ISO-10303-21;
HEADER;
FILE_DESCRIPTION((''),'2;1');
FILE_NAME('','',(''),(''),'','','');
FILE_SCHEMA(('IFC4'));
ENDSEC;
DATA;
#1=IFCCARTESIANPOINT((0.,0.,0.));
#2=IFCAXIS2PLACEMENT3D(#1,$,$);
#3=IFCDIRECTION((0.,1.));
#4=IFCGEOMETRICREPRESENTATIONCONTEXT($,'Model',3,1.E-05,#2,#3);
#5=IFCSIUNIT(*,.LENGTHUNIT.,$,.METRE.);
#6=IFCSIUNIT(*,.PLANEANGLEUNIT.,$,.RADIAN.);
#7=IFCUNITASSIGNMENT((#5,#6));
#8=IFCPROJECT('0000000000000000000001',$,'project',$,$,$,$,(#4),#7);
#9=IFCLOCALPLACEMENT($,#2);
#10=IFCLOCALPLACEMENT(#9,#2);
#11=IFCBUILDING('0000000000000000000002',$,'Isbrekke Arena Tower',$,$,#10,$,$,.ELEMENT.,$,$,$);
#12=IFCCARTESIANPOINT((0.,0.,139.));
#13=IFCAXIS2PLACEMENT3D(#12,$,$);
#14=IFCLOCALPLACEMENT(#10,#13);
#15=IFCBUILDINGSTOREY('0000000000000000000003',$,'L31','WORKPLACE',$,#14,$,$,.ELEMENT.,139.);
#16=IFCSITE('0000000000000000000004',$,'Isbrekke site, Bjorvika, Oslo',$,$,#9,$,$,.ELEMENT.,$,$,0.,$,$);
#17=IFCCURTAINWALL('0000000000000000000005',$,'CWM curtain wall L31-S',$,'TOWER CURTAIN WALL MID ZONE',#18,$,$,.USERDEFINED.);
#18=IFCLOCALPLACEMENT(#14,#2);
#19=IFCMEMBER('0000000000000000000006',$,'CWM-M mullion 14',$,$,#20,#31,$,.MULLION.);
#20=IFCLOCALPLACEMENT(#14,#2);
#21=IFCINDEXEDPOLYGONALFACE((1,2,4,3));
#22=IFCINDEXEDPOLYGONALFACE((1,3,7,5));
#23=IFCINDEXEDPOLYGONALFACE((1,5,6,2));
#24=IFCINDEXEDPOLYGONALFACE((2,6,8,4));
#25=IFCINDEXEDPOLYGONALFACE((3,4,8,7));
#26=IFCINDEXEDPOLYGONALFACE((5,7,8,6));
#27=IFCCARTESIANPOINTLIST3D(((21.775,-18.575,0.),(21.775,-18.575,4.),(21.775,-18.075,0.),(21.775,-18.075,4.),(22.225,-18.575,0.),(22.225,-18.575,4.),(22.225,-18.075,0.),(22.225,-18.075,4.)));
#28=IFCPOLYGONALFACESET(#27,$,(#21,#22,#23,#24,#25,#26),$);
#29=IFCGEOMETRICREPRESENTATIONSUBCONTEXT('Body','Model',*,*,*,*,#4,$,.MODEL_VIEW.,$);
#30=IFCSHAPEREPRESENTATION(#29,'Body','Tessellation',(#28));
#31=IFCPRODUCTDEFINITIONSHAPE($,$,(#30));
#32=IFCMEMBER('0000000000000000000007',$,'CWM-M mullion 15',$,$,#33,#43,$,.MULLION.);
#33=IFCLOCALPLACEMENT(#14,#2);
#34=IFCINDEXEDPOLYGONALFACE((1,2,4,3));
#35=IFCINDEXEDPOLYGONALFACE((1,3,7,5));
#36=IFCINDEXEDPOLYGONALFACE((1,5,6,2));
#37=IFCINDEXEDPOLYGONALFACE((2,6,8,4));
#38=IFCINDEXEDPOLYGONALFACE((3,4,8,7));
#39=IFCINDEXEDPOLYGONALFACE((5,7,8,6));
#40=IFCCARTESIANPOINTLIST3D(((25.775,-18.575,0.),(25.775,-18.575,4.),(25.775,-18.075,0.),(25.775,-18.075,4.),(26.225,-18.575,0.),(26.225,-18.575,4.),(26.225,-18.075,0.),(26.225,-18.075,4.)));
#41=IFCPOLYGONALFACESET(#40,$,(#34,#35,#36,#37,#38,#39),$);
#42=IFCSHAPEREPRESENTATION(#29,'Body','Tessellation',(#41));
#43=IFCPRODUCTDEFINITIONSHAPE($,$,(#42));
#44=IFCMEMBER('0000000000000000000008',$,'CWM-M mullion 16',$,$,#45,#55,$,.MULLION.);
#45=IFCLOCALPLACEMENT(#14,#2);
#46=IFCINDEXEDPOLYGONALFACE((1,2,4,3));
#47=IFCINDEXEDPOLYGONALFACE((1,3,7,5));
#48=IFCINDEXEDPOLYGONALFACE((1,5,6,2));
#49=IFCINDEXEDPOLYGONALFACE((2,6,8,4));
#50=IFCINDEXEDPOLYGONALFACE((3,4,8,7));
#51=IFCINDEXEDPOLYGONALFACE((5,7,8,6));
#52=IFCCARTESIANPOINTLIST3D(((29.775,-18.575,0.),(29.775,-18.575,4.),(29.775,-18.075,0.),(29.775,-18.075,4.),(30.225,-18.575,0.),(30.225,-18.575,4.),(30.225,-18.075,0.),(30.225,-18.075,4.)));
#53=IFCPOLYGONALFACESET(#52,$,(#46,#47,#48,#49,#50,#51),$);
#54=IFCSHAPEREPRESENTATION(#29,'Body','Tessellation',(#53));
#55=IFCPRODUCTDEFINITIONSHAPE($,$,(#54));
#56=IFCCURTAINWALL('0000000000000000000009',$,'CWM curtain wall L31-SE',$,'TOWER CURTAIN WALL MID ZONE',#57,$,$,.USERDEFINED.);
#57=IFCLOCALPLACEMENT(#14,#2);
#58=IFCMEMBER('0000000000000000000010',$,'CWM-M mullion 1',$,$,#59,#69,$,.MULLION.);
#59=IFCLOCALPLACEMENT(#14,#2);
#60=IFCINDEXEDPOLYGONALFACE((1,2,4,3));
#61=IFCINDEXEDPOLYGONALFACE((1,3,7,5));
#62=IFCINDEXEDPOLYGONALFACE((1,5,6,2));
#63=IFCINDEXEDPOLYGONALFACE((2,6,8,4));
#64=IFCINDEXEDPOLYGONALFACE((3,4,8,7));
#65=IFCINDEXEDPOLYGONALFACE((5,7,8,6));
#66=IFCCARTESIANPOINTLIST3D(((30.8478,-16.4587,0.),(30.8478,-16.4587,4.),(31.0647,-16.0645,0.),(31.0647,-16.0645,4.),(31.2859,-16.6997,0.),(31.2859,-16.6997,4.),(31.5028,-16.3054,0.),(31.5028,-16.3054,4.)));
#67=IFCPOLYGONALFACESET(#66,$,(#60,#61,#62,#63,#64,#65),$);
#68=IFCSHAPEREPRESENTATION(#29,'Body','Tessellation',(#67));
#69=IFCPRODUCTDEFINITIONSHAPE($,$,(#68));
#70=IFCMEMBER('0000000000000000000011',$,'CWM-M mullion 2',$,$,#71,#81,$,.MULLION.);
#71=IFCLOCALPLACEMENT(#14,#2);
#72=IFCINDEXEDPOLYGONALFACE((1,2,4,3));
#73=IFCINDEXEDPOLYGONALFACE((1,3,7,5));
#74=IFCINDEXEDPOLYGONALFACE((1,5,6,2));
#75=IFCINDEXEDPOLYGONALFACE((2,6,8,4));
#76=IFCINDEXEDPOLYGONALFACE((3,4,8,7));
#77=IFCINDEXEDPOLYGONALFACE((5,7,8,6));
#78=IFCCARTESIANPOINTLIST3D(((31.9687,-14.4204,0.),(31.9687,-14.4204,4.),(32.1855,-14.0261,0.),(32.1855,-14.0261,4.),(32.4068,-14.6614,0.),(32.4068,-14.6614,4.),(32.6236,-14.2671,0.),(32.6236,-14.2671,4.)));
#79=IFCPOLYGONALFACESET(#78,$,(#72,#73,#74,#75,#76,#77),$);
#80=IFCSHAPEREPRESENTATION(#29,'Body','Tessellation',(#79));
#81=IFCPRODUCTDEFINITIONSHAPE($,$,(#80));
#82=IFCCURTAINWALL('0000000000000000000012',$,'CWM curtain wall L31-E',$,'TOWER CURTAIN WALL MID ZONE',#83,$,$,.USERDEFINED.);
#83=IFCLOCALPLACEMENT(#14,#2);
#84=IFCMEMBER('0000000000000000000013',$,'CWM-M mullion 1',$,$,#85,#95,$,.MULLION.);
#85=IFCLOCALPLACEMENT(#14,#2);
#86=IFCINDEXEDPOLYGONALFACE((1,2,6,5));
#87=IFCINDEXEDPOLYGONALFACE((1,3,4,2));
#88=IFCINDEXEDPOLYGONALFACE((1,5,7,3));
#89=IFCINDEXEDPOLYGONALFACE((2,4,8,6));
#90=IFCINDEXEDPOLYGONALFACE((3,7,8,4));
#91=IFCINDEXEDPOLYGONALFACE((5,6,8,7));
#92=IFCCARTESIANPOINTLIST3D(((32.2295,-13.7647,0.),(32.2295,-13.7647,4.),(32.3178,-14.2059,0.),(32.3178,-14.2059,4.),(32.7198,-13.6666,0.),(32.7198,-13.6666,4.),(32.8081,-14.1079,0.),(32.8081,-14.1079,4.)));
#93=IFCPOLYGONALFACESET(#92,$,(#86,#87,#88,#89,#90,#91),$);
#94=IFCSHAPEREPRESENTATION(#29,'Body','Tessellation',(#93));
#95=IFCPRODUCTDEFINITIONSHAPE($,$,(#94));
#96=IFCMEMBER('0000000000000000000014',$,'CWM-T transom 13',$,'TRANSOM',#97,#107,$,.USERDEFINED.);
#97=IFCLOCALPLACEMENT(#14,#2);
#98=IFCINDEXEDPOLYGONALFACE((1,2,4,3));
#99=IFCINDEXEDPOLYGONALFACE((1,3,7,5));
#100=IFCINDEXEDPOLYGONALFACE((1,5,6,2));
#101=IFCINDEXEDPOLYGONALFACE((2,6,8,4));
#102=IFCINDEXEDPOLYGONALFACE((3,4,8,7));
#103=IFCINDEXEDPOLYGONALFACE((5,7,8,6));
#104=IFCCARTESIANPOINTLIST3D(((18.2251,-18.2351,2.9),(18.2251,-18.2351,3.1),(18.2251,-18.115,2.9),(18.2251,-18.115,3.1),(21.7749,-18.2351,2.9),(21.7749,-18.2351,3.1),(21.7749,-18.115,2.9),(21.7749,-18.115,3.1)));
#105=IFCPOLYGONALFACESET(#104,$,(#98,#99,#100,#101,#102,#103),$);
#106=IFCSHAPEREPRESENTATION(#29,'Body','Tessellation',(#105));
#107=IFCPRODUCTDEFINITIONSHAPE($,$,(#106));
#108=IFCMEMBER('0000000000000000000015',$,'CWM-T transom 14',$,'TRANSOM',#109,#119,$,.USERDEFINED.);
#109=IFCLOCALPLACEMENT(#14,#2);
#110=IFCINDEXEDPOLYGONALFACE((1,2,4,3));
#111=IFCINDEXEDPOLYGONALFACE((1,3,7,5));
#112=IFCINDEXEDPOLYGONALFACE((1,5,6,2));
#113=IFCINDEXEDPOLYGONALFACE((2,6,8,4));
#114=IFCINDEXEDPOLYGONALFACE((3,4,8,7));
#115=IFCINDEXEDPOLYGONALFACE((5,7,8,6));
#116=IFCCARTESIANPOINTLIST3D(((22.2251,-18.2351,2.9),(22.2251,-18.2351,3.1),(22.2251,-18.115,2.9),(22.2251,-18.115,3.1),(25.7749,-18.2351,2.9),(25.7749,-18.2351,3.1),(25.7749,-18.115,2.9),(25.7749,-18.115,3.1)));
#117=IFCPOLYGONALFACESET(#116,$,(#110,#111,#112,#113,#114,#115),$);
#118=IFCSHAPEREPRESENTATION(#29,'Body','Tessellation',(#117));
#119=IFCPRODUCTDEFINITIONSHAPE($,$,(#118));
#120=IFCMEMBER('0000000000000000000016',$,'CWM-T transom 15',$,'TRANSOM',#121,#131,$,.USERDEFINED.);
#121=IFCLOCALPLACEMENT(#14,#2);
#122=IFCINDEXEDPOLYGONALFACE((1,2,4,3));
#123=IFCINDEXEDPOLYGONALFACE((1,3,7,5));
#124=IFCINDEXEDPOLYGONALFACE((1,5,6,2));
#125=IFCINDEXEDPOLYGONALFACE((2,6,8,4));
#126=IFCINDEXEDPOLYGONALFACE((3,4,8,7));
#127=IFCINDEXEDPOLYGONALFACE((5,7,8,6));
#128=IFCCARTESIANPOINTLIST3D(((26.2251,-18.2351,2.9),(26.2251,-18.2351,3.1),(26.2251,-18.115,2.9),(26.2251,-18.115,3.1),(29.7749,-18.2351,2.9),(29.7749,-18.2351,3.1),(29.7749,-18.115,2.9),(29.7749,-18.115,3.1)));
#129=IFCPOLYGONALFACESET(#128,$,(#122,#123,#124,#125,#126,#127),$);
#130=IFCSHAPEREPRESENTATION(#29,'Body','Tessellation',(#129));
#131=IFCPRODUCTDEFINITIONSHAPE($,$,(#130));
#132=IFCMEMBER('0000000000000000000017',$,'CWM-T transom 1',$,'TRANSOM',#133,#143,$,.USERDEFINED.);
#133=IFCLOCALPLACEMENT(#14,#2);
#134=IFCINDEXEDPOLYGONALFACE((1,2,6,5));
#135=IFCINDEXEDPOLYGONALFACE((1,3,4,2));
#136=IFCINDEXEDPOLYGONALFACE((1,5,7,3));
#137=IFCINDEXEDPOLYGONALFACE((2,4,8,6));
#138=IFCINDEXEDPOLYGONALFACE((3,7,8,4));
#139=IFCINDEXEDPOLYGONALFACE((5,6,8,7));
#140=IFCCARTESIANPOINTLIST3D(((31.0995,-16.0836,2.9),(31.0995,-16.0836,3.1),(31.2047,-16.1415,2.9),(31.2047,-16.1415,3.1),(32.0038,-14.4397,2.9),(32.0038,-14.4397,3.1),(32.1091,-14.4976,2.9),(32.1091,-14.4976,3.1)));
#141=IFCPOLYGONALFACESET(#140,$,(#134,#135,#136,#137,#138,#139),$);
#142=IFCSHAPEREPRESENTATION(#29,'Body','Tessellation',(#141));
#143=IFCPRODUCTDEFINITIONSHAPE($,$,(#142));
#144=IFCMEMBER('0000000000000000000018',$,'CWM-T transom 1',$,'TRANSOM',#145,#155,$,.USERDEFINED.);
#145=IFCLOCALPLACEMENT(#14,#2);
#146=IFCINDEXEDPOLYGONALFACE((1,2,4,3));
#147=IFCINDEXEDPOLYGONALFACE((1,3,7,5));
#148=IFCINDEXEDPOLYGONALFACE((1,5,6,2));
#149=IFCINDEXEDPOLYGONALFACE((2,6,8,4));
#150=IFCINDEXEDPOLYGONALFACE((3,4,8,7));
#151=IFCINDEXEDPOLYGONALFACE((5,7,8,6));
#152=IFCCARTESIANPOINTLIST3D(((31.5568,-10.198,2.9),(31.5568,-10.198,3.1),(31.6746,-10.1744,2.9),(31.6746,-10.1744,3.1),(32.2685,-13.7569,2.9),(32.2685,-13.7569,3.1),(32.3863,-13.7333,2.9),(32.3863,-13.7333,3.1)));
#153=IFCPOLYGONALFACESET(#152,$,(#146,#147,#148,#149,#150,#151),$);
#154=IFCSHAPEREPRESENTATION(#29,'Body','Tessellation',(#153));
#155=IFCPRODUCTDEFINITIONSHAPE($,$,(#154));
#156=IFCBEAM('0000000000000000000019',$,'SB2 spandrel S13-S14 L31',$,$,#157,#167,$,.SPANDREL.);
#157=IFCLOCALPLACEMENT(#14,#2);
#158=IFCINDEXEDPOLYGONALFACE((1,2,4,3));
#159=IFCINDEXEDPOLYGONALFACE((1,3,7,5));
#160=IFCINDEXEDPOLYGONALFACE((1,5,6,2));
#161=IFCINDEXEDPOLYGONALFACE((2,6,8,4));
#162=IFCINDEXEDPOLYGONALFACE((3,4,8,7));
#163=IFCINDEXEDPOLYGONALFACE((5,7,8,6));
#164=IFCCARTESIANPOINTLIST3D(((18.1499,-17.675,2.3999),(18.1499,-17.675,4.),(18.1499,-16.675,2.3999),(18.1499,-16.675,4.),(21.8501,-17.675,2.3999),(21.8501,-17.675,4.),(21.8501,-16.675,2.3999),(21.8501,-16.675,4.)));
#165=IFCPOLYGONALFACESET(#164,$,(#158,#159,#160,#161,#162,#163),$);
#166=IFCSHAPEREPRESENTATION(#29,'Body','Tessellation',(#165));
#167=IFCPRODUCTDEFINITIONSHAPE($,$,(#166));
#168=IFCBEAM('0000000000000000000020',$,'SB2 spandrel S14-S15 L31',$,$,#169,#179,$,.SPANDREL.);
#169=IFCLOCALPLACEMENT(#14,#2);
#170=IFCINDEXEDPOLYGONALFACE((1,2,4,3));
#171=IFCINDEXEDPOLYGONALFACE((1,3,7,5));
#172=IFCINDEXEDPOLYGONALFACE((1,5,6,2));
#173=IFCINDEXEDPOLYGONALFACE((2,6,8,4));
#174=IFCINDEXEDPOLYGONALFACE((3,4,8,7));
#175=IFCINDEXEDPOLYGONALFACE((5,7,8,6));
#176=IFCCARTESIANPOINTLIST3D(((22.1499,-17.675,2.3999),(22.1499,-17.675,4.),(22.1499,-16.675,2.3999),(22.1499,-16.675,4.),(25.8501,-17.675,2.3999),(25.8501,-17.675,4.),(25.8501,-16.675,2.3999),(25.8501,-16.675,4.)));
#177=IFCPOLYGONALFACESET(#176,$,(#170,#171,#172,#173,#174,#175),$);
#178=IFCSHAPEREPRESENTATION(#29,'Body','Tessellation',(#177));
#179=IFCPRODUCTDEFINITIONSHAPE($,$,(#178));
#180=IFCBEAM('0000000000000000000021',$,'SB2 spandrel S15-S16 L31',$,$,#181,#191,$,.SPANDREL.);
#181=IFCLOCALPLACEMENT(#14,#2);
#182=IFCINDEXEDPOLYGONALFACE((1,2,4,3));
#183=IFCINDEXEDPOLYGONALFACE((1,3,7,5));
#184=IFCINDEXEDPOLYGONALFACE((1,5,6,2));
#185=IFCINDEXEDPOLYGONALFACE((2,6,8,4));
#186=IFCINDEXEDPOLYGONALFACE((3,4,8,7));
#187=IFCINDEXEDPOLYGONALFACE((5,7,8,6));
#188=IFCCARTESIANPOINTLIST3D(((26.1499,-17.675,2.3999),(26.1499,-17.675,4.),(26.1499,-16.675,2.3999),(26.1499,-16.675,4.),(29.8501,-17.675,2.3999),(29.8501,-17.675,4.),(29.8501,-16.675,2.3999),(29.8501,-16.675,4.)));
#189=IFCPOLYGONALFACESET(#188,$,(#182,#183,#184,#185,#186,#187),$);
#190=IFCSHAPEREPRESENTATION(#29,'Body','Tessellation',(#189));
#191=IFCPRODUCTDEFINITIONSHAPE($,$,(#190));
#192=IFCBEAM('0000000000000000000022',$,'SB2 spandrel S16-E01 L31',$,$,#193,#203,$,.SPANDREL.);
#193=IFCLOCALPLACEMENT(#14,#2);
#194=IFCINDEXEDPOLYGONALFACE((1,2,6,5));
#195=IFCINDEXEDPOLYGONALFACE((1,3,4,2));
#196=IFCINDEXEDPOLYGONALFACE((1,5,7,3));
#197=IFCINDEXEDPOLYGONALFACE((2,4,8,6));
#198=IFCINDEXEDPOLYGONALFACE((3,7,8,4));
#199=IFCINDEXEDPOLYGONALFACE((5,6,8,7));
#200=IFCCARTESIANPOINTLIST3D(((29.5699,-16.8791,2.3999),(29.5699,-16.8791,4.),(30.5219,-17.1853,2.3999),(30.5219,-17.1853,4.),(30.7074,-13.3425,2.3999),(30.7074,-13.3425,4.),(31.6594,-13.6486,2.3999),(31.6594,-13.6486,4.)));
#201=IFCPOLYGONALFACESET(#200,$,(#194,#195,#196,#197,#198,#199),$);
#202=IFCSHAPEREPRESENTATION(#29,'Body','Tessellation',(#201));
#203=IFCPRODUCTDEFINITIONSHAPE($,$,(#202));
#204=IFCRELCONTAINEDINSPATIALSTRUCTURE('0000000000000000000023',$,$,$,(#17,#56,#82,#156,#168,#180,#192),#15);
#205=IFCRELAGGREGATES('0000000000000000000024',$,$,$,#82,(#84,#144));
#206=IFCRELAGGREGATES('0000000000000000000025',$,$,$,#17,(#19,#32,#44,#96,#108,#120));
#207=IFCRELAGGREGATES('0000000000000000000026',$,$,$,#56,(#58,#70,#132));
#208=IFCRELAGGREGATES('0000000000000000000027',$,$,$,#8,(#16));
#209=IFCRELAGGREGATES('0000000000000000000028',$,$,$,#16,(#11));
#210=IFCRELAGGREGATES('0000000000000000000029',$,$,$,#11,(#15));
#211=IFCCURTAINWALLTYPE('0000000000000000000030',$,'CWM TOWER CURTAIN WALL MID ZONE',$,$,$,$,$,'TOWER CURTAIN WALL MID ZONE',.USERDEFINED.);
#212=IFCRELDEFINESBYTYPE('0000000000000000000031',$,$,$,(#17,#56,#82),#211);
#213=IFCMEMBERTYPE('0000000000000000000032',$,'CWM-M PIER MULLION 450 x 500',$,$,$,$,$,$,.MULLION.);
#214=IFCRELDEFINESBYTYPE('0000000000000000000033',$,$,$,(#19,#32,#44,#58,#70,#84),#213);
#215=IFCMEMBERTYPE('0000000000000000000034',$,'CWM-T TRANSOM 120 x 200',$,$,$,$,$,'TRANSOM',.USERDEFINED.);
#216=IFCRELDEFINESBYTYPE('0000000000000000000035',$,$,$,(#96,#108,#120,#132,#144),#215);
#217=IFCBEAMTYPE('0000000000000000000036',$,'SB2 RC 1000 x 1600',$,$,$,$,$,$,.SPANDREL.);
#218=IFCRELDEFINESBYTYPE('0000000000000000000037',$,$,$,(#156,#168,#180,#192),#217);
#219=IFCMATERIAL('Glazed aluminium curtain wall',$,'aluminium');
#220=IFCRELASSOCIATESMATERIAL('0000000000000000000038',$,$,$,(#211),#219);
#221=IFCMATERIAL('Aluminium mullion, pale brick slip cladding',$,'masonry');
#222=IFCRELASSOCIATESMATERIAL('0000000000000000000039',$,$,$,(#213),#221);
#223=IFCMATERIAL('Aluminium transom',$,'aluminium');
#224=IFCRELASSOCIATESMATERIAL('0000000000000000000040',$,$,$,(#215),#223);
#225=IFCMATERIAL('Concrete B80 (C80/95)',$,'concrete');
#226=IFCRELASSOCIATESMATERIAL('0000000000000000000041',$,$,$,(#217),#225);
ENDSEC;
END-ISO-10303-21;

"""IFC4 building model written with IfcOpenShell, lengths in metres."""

from ifc_helpers import new_model, si_unit, direction, frame, origin, origin_2d, place, context, subcontext, project, spatial, rectangle, extrude, material, material_profile, profile_set, type_object, element, aggregate, save


model = new_model("IFC4")

# Units and contexts
model_context = context("Model", 3, precision=1e-05, world=origin(), true_north=direction((0.0, 1.0)))
body_context = subcontext(model_context, "Body", "Model", "MODEL_VIEW")
ifc_project = project(units=[si_unit("LENGTHUNIT", "METRE"), si_unit("PLANEANGLEUNIT", "RADIAN")], contexts=[model_context])

# Site, building, storey
site_placement = place(None, origin())
site = spatial("IfcSite", under=ifc_project, at=site_placement, Name="Isbrekke site, Bjorvika, Oslo", CompositionType="ELEMENT", RefElevation=0.0)
building_placement = place(site_placement, origin())
building = spatial("IfcBuilding", under=site, at=building_placement, Name="Isbrekke Arena Tower", CompositionType="ELEMENT")
storey_placement = place(building_placement, frame((0.0, 0.0, 139.0)))
storey = spatial("IfcBuildingStorey", under=building, at=storey_placement, Name="L31", Description="WORKPLACE", CompositionType="ELEMENT", Elevation=139.0)

# Curtain walls, members
ifc_material_1 = material(Name="Glazed aluminium curtain wall", Category="aluminium")
curtain_wall_type = type_object("IfcCurtainWallType", Name="CWM TOWER CURTAIN WALL MID ZONE", ElementType="TOWER CURTAIN WALL MID ZONE", PredefinedType="USERDEFINED", material=ifc_material_1)
curtain_wall_1_placement = place(storey_placement, origin())
curtain_wall_1 = element("IfcCurtainWall", 1, at=curtain_wall_1_placement, inside=storey, type_object=curtain_wall_type, Name="CWM curtain wall L31-S", ObjectType="TOWER CURTAIN WALL MID ZONE", PredefinedType="USERDEFINED")
ifc_material_2 = material(Name="Aluminium mullion, pale brick slip cladding", Category="masonry")
ifc_material_profile_1 = material_profile(ifc_material_2, rectangle(XDim=0.45, YDim=0.5, at=origin_2d()), Name="PIER 450X500")
ifc_profile_set_1 = profile_set([ifc_material_profile_1], Name="Aluminium mullion, pale brick slip cladding")
member_type_1 = type_object("IfcMemberType", Name="CWM-M PIER MULLION 450 x 500", PredefinedType="MULLION", material=ifc_profile_set_1)
member_1_placement = place(storey_placement, frame((22.0, -18.325, 0.0), z_axis=(0.0, 0.0, 1.0), x_axis=(1.0, 0.0, 0.0)))
member_1 = element("IfcMember", 2, at=member_1_placement, type_object=member_type_1, Name="CWM-M mullion 14", PredefinedType="MULLION", context=body_context, shape_type="SweptSolid", body=[
    extrude(rectangle(XDim=0.45, YDim=0.5, at=origin_2d()), origin(), (0.0, 0.0, 1.0), 4.0),
])
member_2_placement = place(storey_placement, frame((26.0, -18.325, 0.0), z_axis=(0.0, 0.0, 1.0), x_axis=(1.0, 0.0, 0.0)))
member_2 = element("IfcMember", 3, at=member_2_placement, type_object=member_type_1, Name="CWM-M mullion 15", PredefinedType="MULLION", context=body_context, shape_type="SweptSolid", body=[
    extrude(rectangle(XDim=0.45, YDim=0.5, at=origin_2d()), origin(), (0.0, 0.0, 1.0), 4.0),
])
member_3_placement = place(storey_placement, frame((30.0, -18.325, 0.0), z_axis=(0.0, 0.0, 1.0), x_axis=(1.0, 0.0, 0.0)))
member_3 = element("IfcMember", 4, at=member_3_placement, type_object=member_type_1, Name="CWM-M mullion 16", PredefinedType="MULLION", context=body_context, shape_type="SweptSolid", body=[
    extrude(rectangle(XDim=0.45, YDim=0.5, at=origin_2d()), origin(), (0.0, 0.0, 1.0), 4.0),
])
curtain_wall_2_placement = place(storey_placement, origin())
curtain_wall_2 = element("IfcCurtainWall", 5, at=curtain_wall_2_placement, inside=storey, type_object=curtain_wall_type, Name="CWM curtain wall L31-SE", ObjectType="TOWER CURTAIN WALL MID ZONE", PredefinedType="USERDEFINED")
member_4_placement = place(storey_placement, frame((31.1753, -16.3821, 0.0), z_axis=(0.0, 0.0, 1.0), x_axis=(0.481919, 0.876216, 0.0)))
member_4 = element("IfcMember", 6, at=member_4_placement, type_object=member_type_1, Name="CWM-M mullion 1", PredefinedType="MULLION", context=body_context, shape_type="SweptSolid", body=[
    extrude(rectangle(XDim=0.45, YDim=0.5, at=origin_2d()), origin(), (0.0, 0.0, 1.0), 4.0),
])
member_5_placement = place(storey_placement, frame((32.2961, -14.3438, 0.0), z_axis=(0.0, 0.0, 1.0), x_axis=(0.481919, 0.876216, 0.0)))
member_5 = element("IfcMember", 7, at=member_5_placement, type_object=member_type_1, Name="CWM-M mullion 2", PredefinedType="MULLION", context=body_context, shape_type="SweptSolid", body=[
    extrude(rectangle(XDim=0.45, YDim=0.5, at=origin_2d()), origin(), (0.0, 0.0, 1.0), 4.0),
])

# Curtain wall, member
curtain_wall_3_placement = place(storey_placement, origin())
curtain_wall_3 = element("IfcCurtainWall", 8, at=curtain_wall_3_placement, inside=storey, type_object=curtain_wall_type, Name="CWM curtain wall L31-E", ObjectType="TOWER CURTAIN WALL MID ZONE", PredefinedType="USERDEFINED")
member_6_placement = place(storey_placement, frame((32.5188, -13.9363, 0.0), z_axis=(0.0, 0.0, 1.0), x_axis=(-0.196116, 0.980581, 0.0)))
member_6 = element("IfcMember", 9, at=member_6_placement, type_object=member_type_1, Name="CWM-M mullion 1", PredefinedType="MULLION", context=body_context, shape_type="SweptSolid", body=[
    extrude(rectangle(XDim=0.45, YDim=0.5, at=origin_2d()), origin(), (0.0, 0.0, 1.0), 4.0),
])

# Members
ifc_material_3 = material(Name="Aluminium transom", Category="aluminium")
ifc_material_profile_2 = material_profile(ifc_material_3, rectangle(XDim=0.1201, YDim=0.2, at=origin_2d()), Name="TRANSOM 120X200")
ifc_profile_set_2 = profile_set([ifc_material_profile_2], Name="Aluminium transom")
member_type_2 = type_object("IfcMemberType", Name="CWM-T TRANSOM 120 x 200", ElementType="TRANSOM", PredefinedType="USERDEFINED", material=ifc_profile_set_2)
member_7_placement = place(storey_placement, frame((18.2251, -18.175, 3.0), z_axis=(1.0, 0.0, 0.0), x_axis=(0.0, 1.0, 0.0)))
member_7 = element("IfcMember", 10, at=member_7_placement, type_object=member_type_2, Name="CWM-T transom 13", ObjectType="TRANSOM", PredefinedType="USERDEFINED", context=body_context, shape_type="SweptSolid", body=[
    extrude(rectangle(XDim=0.1201, YDim=0.2, at=origin_2d()), origin(), (0.0, 0.0, 1.0), 3.5498),
])
member_8_placement = place(storey_placement, frame((22.2251, -18.175, 3.0), z_axis=(1.0, 0.0, 0.0), x_axis=(0.0, 1.0, 0.0)))
member_8 = element("IfcMember", 11, at=member_8_placement, type_object=member_type_2, Name="CWM-T transom 14", ObjectType="TRANSOM", PredefinedType="USERDEFINED", context=body_context, shape_type="SweptSolid", body=[
    extrude(rectangle(XDim=0.1201, YDim=0.2, at=origin_2d()), origin(), (0.0, 0.0, 1.0), 3.5498),
])
member_9_placement = place(storey_placement, frame((26.2251, -18.175, 3.0), z_axis=(1.0, 0.0, 0.0), x_axis=(0.0, 1.0, 0.0)))
member_9 = element("IfcMember", 12, at=member_9_placement, type_object=member_type_2, Name="CWM-T transom 15", ObjectType="TRANSOM", PredefinedType="USERDEFINED", context=body_context, shape_type="SweptSolid", body=[
    extrude(rectangle(XDim=0.1201, YDim=0.2, at=origin_2d()), origin(), (0.0, 0.0, 1.0), 3.5498),
])
member_10_placement = place(storey_placement, frame((31.1521, -16.1125, 3.0), z_axis=(0.482004, 0.876169, 0.0), x_axis=(-0.876169, 0.482004, 0.0)))
member_10 = element("IfcMember", 13, at=member_10_placement, type_object=member_type_2, Name="CWM-T transom 1", ObjectType="TRANSOM", PredefinedType="USERDEFINED", context=body_context, shape_type="SweptSolid", body=[
    extrude(rectangle(XDim=0.1201, YDim=0.2, at=origin_2d()), origin(), (0.0, 0.0, 1.0), 1.8762),
])
member_11_placement = place(storey_placement, frame((32.3274, -13.7451, 3.0), z_axis=(-0.19609, 0.980586, 0.0), x_axis=(-0.980586, -0.19609, 0.0)))
member_11 = element("IfcMember", 14, at=member_11_placement, type_object=member_type_2, Name="CWM-T transom 1", ObjectType="TRANSOM", PredefinedType="USERDEFINED", context=body_context, shape_type="SweptSolid", body=[
    extrude(rectangle(XDim=0.1201, YDim=0.2, at=origin_2d()), origin(), (0.0, 0.0, 1.0), 3.6294),
])
aggregate(curtain_wall_3, [member_6, member_11])

# Beams
ifc_material_4 = material(Name="Concrete B80 (C80/95)", Category="concrete")
ifc_material_profile_3 = material_profile(ifc_material_4, rectangle(XDim=1.0, YDim=1.6001, at=origin_2d()), Name="RC 1000x1600")
ifc_profile_set_3 = profile_set([ifc_material_profile_3], Name="Concrete B80 (C80/95)")
beam_type_1 = type_object("IfcBeamType", Name="SB2 RC 1000 x 1600", PredefinedType="SPANDREL", material=ifc_profile_set_3)
for number, where, z_axis, x_axis, name in (
    (15, (18.1499, -17.175, 3.2), (1.0, 0.0, 0.0), (0.0, 1.0, 0.0), "SB2 spandrel S13-S14 L31"),
    (16, (22.1499, -17.175, 3.2), (1.0, 0.0, 0.0), (0.0, 1.0, 0.0), "SB2 spandrel S14-S15 L31"),
    (17, (26.1499, -17.175, 3.2), (1.0, 0.0, 0.0), (0.0, 1.0, 0.0), "SB2 spandrel S15-S16 L31"),
):
    element("IfcBeam", number, at=place(storey_placement, frame(where, z_axis=z_axis, x_axis=x_axis)), inside=storey, type_object=beam_type_1, Name=name, PredefinedType="SPANDREL", context=body_context, shape_type="SweptSolid", body=[
        extrude(rectangle(XDim=1.0, YDim=1.6001, at=origin_2d()), origin(), (0.0, 0.0, 1.0), 3.7002),
    ])
beam_1_placement = place(storey_placement, frame((30.0459, -17.0322, 3.2), z_axis=(0.306175, 0.951975, 0.0), x_axis=(-0.951975, 0.306175, 0.0)))
element("IfcBeam", 18, at=beam_1_placement, inside=storey, type_object=beam_type_1, Name="SB2 spandrel S16-E01 L31", PredefinedType="SPANDREL", context=body_context, shape_type="SweptSolid", body=[
    extrude(rectangle(XDim=1.0, YDim=1.6001, at=origin_2d()), origin(), (0.0, 0.0, 1.0), 3.7151),
])

aggregate(curtain_wall_1, [member_1, member_2, member_3, member_7, member_8, member_9])
aggregate(curtain_wall_2, [member_4, member_5, member_10])

save(model, "model.ifc")
